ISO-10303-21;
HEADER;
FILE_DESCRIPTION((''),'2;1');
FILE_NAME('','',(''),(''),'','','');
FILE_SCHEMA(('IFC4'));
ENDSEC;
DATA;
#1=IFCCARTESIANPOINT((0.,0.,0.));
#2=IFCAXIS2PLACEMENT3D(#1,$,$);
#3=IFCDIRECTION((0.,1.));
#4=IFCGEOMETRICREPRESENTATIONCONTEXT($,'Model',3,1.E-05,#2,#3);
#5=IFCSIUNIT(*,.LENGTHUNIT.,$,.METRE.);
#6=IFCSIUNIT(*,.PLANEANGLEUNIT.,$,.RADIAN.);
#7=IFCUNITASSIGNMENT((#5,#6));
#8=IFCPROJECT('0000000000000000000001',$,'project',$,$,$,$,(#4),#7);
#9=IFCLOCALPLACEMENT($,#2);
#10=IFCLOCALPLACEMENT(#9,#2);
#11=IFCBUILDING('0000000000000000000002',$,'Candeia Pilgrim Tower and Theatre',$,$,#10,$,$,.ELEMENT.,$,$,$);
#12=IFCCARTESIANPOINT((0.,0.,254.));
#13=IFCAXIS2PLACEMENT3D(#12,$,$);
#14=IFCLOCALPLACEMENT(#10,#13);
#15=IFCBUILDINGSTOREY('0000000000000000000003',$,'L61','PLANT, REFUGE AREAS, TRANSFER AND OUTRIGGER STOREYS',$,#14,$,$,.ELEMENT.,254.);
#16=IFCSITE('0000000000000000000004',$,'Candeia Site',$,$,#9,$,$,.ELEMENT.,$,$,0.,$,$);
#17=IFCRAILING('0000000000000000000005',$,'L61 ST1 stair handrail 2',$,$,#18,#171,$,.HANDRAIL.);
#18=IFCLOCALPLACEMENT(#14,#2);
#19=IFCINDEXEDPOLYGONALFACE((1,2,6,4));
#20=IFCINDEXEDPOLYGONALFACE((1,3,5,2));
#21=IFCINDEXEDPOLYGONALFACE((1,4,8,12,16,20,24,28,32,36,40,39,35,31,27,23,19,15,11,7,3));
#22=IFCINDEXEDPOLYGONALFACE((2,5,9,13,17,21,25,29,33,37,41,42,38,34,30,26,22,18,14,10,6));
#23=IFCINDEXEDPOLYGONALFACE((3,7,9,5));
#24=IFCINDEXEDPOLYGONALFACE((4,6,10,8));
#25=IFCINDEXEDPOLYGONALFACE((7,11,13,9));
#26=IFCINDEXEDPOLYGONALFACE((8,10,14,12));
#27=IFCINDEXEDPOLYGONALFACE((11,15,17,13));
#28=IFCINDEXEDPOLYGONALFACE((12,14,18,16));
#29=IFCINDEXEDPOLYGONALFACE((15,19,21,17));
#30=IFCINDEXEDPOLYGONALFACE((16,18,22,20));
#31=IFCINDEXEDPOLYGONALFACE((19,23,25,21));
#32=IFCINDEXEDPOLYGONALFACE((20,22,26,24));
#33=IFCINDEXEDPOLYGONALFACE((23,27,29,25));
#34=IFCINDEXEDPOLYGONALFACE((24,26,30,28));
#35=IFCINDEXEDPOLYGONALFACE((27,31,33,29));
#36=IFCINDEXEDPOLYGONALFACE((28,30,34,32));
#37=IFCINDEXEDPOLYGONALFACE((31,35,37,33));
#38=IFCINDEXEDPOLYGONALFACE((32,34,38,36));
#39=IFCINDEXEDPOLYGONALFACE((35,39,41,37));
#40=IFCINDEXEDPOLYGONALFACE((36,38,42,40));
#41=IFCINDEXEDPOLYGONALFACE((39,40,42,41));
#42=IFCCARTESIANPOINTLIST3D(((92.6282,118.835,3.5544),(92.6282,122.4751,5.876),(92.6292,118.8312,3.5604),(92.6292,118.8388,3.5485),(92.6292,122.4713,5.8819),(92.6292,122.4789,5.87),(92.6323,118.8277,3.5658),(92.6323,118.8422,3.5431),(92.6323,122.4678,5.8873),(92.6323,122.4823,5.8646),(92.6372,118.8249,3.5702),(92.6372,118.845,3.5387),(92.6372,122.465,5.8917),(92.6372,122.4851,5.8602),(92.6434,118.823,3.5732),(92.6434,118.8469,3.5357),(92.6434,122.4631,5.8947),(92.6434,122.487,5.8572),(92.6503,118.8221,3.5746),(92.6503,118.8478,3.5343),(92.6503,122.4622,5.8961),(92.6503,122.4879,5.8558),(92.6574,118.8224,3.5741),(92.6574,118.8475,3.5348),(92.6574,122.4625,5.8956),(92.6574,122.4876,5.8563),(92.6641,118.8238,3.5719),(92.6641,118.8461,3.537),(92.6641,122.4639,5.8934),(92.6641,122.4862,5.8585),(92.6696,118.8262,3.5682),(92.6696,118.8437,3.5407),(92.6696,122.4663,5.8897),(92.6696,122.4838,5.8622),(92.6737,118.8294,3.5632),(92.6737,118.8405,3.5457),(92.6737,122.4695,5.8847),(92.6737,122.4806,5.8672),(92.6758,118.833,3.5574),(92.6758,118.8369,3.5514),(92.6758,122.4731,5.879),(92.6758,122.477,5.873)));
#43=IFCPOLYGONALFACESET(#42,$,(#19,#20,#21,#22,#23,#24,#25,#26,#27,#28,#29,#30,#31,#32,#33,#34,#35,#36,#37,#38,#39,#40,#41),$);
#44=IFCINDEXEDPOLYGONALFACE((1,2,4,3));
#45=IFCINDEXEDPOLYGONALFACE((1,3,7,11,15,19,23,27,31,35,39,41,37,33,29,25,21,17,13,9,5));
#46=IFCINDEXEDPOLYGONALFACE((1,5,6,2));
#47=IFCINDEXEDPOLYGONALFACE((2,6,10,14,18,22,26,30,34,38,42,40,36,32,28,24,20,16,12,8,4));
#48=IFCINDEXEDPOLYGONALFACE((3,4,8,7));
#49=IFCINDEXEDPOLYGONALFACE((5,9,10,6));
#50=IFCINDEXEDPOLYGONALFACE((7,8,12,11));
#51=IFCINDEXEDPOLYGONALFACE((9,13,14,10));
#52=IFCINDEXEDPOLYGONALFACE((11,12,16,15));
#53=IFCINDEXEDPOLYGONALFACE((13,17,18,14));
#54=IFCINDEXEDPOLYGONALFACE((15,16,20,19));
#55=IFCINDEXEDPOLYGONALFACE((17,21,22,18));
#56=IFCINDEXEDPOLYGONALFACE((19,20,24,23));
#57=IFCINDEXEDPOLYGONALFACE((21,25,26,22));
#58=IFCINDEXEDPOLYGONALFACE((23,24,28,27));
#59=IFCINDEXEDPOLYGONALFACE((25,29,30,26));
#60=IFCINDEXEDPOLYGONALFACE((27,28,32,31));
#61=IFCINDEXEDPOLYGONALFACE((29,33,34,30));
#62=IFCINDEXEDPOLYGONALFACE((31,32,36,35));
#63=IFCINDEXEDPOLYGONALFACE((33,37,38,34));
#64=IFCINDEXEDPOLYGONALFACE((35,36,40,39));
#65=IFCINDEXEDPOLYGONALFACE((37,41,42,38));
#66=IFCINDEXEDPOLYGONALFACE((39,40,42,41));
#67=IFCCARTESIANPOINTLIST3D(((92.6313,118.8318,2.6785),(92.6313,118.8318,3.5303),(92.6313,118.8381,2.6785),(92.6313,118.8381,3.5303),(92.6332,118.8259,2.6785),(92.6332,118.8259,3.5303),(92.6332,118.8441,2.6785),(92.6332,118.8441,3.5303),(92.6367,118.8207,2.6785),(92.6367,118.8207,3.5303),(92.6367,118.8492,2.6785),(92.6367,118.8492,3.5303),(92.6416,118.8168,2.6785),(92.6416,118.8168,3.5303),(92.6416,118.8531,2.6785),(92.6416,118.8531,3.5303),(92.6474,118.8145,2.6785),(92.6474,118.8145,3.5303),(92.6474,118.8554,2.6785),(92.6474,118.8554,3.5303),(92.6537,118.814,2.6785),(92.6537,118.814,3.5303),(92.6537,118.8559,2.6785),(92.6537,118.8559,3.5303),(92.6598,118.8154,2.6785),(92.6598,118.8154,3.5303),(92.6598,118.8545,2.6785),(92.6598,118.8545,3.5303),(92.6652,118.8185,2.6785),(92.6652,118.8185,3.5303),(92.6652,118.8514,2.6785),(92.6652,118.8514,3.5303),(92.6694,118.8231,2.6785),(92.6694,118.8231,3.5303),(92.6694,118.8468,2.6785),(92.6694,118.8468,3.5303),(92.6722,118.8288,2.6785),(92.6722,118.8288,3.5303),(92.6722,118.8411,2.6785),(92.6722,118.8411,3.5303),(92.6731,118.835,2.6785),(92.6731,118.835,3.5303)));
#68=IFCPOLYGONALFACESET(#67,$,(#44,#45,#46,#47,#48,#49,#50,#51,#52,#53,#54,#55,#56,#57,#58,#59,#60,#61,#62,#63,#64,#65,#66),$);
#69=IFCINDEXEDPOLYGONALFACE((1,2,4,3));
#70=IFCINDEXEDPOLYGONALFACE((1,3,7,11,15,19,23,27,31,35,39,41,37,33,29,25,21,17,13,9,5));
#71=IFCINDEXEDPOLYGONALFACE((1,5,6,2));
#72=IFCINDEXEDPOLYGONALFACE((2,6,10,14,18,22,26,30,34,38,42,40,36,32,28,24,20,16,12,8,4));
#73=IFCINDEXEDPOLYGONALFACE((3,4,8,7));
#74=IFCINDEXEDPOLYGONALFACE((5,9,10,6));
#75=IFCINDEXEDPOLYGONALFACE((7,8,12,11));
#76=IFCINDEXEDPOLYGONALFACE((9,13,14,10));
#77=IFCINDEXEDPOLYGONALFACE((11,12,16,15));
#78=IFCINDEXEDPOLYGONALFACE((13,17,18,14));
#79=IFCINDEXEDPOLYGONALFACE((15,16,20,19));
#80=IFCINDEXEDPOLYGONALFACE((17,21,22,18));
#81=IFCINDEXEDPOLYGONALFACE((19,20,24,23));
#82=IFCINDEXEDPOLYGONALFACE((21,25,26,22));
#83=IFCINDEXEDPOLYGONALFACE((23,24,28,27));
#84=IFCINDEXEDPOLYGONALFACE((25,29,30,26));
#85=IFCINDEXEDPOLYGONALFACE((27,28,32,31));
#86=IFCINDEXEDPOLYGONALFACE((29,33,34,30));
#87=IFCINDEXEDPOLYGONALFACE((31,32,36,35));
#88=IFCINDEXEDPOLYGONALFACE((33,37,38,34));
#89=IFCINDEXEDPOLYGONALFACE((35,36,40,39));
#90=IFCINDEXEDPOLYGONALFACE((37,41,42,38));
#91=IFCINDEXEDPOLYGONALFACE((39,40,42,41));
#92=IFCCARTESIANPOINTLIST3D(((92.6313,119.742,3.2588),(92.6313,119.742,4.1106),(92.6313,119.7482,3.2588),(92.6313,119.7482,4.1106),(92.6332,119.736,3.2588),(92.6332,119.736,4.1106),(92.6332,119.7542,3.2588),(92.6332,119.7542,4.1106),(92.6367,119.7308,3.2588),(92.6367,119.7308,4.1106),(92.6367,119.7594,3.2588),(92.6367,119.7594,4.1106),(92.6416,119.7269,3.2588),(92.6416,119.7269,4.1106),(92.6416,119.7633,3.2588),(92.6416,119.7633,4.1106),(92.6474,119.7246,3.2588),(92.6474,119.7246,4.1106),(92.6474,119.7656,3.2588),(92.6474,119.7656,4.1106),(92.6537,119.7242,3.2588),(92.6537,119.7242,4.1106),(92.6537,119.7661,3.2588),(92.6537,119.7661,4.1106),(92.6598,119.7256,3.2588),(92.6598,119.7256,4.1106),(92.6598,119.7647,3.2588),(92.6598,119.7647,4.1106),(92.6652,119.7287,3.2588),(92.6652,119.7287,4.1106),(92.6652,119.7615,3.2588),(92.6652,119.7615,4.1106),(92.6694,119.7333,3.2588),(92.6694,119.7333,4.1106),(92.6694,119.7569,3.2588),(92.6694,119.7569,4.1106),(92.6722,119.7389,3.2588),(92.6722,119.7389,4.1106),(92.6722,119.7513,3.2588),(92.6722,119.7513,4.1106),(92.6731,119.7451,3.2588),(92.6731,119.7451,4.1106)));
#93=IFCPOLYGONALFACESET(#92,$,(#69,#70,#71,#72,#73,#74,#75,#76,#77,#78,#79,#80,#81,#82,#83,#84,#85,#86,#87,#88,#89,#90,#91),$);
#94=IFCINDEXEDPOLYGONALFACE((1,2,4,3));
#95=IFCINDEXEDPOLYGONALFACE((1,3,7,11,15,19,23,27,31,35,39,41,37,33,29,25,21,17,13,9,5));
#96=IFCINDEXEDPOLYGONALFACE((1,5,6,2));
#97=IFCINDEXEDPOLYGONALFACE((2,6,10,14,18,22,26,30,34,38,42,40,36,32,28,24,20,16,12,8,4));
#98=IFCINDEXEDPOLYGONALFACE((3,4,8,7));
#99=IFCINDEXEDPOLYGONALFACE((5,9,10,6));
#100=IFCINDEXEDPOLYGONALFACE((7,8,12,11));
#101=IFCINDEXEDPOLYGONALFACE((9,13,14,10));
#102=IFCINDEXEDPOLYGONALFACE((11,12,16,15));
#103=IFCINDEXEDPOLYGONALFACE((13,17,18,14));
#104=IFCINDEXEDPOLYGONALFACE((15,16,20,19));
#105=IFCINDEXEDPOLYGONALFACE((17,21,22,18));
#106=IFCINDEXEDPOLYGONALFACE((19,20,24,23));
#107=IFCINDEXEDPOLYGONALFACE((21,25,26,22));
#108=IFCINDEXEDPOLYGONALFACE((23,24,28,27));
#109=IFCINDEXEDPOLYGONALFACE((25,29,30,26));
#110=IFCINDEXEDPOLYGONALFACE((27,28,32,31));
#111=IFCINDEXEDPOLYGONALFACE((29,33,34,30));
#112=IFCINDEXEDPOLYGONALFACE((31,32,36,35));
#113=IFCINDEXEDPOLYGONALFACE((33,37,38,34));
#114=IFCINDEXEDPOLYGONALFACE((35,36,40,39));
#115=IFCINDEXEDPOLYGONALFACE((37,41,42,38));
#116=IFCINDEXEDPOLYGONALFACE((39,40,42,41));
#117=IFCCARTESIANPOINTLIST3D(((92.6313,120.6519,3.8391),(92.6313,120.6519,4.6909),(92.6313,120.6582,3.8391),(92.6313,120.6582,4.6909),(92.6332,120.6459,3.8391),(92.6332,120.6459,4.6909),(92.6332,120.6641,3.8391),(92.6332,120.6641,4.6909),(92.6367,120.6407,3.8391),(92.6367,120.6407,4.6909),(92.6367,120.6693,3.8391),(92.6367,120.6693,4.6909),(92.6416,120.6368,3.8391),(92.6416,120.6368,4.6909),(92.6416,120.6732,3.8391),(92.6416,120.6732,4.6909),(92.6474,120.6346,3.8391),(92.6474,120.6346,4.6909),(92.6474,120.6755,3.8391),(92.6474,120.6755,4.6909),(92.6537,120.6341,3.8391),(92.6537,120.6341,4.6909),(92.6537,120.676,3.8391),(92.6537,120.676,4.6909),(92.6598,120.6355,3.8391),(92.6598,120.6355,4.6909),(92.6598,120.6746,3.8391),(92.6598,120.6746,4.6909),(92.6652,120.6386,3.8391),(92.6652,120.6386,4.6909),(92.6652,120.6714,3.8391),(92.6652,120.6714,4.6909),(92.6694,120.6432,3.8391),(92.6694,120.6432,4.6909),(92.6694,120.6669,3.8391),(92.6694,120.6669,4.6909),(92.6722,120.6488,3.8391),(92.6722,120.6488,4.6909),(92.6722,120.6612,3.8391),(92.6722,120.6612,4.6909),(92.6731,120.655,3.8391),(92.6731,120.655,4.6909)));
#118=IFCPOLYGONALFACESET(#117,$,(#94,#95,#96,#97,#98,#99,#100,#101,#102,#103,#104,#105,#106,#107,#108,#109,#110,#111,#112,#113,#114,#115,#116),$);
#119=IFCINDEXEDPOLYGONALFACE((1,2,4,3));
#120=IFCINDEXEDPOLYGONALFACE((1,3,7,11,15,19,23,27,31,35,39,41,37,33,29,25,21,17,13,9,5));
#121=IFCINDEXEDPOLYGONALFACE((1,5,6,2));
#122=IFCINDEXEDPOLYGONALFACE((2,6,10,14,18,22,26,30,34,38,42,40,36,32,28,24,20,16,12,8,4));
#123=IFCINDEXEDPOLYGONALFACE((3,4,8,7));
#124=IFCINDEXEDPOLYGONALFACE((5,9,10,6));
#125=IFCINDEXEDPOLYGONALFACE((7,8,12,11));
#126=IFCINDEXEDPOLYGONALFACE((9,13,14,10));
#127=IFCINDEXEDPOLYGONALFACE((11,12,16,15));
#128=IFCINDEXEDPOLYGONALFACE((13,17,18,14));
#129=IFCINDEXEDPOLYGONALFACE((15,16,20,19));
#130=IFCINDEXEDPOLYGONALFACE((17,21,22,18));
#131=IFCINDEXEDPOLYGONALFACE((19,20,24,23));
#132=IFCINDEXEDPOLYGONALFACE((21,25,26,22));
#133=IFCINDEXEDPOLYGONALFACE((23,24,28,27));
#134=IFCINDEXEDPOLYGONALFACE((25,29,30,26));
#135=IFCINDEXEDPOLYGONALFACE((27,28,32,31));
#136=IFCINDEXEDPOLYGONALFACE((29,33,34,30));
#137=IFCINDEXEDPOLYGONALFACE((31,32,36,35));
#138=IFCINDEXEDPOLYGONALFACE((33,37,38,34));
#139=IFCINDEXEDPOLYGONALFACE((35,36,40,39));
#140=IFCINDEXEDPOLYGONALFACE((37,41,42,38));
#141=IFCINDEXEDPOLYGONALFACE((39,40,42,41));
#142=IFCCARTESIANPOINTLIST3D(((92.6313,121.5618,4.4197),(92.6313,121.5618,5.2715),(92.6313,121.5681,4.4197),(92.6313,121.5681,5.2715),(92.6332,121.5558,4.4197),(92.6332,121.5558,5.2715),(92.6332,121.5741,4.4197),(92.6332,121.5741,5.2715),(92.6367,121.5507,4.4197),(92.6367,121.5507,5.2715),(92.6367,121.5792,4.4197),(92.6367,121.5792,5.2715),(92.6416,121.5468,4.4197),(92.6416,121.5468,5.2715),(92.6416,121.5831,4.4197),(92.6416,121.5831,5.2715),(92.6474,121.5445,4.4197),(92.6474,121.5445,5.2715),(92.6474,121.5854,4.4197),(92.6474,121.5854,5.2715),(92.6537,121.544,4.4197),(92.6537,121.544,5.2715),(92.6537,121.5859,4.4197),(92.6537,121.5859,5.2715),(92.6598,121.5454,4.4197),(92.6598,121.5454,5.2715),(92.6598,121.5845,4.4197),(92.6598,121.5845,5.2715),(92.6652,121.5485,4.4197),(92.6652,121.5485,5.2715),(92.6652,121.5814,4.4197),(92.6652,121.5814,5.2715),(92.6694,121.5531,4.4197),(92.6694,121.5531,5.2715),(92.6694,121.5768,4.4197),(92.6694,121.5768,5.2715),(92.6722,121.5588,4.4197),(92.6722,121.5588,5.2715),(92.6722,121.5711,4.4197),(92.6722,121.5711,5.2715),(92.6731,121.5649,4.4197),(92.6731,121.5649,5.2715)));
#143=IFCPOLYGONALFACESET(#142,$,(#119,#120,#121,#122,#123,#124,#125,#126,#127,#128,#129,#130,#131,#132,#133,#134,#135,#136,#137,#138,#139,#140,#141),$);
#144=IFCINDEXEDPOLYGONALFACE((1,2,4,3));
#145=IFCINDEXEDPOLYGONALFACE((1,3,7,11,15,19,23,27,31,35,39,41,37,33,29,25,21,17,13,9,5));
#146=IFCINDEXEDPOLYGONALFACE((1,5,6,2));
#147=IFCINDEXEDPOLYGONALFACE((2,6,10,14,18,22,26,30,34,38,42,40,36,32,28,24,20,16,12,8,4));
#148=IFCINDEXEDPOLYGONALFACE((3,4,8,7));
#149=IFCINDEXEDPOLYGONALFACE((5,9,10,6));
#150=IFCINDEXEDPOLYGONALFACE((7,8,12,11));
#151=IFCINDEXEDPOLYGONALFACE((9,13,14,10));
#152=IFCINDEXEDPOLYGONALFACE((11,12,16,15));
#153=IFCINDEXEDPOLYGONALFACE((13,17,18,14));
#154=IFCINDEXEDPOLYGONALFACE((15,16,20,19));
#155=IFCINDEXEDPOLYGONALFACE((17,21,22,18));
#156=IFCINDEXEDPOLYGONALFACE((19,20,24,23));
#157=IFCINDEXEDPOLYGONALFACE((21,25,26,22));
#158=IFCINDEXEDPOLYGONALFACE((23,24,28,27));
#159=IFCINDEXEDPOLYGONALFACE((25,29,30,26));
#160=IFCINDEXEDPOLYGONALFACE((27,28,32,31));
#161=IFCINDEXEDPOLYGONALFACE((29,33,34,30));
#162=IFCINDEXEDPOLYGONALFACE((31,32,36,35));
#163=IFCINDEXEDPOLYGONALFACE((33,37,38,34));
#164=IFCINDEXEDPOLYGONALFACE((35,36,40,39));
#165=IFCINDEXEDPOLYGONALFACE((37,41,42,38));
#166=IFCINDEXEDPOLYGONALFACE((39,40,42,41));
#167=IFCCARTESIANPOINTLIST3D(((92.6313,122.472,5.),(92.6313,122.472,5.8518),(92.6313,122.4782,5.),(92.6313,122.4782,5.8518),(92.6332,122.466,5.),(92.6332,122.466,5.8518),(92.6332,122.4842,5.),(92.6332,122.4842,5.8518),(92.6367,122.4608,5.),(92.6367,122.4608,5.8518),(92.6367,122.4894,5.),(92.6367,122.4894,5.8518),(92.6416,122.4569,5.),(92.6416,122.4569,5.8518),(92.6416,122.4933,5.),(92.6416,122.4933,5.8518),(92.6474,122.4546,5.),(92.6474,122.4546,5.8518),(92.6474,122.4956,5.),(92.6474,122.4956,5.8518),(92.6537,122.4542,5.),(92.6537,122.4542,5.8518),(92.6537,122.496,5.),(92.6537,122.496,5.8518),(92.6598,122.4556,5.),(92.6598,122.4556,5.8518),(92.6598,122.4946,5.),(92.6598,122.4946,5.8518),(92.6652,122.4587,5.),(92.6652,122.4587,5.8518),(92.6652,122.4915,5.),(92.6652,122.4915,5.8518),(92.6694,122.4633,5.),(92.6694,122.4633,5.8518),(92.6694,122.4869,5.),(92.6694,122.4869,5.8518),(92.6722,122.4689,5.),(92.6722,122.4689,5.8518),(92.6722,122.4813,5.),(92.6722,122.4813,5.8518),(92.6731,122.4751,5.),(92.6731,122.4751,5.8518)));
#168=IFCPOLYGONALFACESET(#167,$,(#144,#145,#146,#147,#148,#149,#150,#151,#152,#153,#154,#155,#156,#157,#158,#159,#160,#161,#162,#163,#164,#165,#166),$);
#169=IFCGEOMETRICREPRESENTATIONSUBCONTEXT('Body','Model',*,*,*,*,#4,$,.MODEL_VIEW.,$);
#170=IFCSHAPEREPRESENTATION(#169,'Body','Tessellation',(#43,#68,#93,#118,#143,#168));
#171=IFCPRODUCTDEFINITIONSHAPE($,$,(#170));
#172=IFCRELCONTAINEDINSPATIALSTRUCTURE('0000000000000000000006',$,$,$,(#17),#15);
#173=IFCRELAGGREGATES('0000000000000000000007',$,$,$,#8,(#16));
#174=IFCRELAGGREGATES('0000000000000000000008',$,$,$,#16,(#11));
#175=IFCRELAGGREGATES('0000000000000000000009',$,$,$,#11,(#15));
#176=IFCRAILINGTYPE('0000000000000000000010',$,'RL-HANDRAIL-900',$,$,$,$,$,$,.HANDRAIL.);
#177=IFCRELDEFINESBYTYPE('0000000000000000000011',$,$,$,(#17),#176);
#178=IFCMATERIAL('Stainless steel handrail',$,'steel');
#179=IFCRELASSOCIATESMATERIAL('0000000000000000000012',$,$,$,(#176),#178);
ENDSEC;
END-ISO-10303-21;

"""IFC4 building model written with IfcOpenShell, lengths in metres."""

from ifc_helpers import new_model, si_unit, direction, frame, origin, origin_2d, place, context, subcontext, project, spatial, circle, extrude, material, type_object, element, save


model = new_model("IFC4")

# Units and contexts
model_context = context("Model", 3, precision=1e-05, world=origin(), true_north=direction((0.0, 1.0)))
body_context = subcontext(model_context, "Body", "Model", "MODEL_VIEW")
ifc_project = project(units=[si_unit("LENGTHUNIT", "METRE"), si_unit("PLANEANGLEUNIT", "RADIAN")], contexts=[model_context])

# Site, building, storey
site_placement = place(None, origin())
site = spatial("IfcSite", under=ifc_project, at=site_placement, Name="Candeia Site", CompositionType="ELEMENT", RefElevation=0.0)
building_placement = place(site_placement, origin())
building = spatial("IfcBuilding", under=site, at=building_placement, Name="Candeia Pilgrim Tower and Theatre", CompositionType="ELEMENT")
storey_placement = place(building_placement, frame((0.0, 0.0, 254.0)))
storey = spatial("IfcBuildingStorey", under=building, at=storey_placement, Name="L61", Description="PLANT, REFUGE AREAS, TRANSFER AND OUTRIGGER STOREYS", CompositionType="ELEMENT", Elevation=254.0)

# Railing
ifc_material_1 = material(Name="Stainless steel handrail", Category="steel")
railing_type_1 = type_object("IfcRailingType", Name="RL-HANDRAIL-900", PredefinedType="HANDRAIL", material=ifc_material_1)
railing_1_placement = place(storey_placement, frame((92.6521, 118.835, 2.6785)))
element("IfcRailing", 1, at=railing_1_placement, inside=storey, type_object=railing_type_1, Name="L61 ST1 stair handrail 2", PredefinedType="HANDRAIL", context=body_context, shape_type="SweptSolid", body=[
    extrude(circle(Radius=0.0239, at=origin_2d()), frame((0.0, 0.0, 0.876), z_axis=(0.0, 0.843128, 0.537713), x_axis=(-1.0, 0.0, 0.0)), (0.0, 0.0, 1.0), 4.3174),
    extrude(circle(Radius=0.021, at=origin_2d()), origin(), (0.0, 0.0, 1.0), 0.8518),
    extrude(circle(Radius=0.021, at=origin_2d()), frame((0.0, 0.9102, 0.5803)), (0.0, 0.0, 1.0), 0.8518),
    extrude(circle(Radius=0.021, at=origin_2d()), frame((0.0, 1.8201, 1.1606)), (0.0, 0.0, 1.0), 0.8518),
    extrude(circle(Radius=0.021, at=origin_2d()), frame((0.0, 2.73, 1.7412)), (0.0, 0.0, 1.0), 0.8518),
    extrude(circle(Radius=0.021, at=origin_2d()), frame((0.0, 3.6401, 2.3215)), (0.0, 0.0, 1.0), 0.8518),
])

save(model, "model.ifc")
